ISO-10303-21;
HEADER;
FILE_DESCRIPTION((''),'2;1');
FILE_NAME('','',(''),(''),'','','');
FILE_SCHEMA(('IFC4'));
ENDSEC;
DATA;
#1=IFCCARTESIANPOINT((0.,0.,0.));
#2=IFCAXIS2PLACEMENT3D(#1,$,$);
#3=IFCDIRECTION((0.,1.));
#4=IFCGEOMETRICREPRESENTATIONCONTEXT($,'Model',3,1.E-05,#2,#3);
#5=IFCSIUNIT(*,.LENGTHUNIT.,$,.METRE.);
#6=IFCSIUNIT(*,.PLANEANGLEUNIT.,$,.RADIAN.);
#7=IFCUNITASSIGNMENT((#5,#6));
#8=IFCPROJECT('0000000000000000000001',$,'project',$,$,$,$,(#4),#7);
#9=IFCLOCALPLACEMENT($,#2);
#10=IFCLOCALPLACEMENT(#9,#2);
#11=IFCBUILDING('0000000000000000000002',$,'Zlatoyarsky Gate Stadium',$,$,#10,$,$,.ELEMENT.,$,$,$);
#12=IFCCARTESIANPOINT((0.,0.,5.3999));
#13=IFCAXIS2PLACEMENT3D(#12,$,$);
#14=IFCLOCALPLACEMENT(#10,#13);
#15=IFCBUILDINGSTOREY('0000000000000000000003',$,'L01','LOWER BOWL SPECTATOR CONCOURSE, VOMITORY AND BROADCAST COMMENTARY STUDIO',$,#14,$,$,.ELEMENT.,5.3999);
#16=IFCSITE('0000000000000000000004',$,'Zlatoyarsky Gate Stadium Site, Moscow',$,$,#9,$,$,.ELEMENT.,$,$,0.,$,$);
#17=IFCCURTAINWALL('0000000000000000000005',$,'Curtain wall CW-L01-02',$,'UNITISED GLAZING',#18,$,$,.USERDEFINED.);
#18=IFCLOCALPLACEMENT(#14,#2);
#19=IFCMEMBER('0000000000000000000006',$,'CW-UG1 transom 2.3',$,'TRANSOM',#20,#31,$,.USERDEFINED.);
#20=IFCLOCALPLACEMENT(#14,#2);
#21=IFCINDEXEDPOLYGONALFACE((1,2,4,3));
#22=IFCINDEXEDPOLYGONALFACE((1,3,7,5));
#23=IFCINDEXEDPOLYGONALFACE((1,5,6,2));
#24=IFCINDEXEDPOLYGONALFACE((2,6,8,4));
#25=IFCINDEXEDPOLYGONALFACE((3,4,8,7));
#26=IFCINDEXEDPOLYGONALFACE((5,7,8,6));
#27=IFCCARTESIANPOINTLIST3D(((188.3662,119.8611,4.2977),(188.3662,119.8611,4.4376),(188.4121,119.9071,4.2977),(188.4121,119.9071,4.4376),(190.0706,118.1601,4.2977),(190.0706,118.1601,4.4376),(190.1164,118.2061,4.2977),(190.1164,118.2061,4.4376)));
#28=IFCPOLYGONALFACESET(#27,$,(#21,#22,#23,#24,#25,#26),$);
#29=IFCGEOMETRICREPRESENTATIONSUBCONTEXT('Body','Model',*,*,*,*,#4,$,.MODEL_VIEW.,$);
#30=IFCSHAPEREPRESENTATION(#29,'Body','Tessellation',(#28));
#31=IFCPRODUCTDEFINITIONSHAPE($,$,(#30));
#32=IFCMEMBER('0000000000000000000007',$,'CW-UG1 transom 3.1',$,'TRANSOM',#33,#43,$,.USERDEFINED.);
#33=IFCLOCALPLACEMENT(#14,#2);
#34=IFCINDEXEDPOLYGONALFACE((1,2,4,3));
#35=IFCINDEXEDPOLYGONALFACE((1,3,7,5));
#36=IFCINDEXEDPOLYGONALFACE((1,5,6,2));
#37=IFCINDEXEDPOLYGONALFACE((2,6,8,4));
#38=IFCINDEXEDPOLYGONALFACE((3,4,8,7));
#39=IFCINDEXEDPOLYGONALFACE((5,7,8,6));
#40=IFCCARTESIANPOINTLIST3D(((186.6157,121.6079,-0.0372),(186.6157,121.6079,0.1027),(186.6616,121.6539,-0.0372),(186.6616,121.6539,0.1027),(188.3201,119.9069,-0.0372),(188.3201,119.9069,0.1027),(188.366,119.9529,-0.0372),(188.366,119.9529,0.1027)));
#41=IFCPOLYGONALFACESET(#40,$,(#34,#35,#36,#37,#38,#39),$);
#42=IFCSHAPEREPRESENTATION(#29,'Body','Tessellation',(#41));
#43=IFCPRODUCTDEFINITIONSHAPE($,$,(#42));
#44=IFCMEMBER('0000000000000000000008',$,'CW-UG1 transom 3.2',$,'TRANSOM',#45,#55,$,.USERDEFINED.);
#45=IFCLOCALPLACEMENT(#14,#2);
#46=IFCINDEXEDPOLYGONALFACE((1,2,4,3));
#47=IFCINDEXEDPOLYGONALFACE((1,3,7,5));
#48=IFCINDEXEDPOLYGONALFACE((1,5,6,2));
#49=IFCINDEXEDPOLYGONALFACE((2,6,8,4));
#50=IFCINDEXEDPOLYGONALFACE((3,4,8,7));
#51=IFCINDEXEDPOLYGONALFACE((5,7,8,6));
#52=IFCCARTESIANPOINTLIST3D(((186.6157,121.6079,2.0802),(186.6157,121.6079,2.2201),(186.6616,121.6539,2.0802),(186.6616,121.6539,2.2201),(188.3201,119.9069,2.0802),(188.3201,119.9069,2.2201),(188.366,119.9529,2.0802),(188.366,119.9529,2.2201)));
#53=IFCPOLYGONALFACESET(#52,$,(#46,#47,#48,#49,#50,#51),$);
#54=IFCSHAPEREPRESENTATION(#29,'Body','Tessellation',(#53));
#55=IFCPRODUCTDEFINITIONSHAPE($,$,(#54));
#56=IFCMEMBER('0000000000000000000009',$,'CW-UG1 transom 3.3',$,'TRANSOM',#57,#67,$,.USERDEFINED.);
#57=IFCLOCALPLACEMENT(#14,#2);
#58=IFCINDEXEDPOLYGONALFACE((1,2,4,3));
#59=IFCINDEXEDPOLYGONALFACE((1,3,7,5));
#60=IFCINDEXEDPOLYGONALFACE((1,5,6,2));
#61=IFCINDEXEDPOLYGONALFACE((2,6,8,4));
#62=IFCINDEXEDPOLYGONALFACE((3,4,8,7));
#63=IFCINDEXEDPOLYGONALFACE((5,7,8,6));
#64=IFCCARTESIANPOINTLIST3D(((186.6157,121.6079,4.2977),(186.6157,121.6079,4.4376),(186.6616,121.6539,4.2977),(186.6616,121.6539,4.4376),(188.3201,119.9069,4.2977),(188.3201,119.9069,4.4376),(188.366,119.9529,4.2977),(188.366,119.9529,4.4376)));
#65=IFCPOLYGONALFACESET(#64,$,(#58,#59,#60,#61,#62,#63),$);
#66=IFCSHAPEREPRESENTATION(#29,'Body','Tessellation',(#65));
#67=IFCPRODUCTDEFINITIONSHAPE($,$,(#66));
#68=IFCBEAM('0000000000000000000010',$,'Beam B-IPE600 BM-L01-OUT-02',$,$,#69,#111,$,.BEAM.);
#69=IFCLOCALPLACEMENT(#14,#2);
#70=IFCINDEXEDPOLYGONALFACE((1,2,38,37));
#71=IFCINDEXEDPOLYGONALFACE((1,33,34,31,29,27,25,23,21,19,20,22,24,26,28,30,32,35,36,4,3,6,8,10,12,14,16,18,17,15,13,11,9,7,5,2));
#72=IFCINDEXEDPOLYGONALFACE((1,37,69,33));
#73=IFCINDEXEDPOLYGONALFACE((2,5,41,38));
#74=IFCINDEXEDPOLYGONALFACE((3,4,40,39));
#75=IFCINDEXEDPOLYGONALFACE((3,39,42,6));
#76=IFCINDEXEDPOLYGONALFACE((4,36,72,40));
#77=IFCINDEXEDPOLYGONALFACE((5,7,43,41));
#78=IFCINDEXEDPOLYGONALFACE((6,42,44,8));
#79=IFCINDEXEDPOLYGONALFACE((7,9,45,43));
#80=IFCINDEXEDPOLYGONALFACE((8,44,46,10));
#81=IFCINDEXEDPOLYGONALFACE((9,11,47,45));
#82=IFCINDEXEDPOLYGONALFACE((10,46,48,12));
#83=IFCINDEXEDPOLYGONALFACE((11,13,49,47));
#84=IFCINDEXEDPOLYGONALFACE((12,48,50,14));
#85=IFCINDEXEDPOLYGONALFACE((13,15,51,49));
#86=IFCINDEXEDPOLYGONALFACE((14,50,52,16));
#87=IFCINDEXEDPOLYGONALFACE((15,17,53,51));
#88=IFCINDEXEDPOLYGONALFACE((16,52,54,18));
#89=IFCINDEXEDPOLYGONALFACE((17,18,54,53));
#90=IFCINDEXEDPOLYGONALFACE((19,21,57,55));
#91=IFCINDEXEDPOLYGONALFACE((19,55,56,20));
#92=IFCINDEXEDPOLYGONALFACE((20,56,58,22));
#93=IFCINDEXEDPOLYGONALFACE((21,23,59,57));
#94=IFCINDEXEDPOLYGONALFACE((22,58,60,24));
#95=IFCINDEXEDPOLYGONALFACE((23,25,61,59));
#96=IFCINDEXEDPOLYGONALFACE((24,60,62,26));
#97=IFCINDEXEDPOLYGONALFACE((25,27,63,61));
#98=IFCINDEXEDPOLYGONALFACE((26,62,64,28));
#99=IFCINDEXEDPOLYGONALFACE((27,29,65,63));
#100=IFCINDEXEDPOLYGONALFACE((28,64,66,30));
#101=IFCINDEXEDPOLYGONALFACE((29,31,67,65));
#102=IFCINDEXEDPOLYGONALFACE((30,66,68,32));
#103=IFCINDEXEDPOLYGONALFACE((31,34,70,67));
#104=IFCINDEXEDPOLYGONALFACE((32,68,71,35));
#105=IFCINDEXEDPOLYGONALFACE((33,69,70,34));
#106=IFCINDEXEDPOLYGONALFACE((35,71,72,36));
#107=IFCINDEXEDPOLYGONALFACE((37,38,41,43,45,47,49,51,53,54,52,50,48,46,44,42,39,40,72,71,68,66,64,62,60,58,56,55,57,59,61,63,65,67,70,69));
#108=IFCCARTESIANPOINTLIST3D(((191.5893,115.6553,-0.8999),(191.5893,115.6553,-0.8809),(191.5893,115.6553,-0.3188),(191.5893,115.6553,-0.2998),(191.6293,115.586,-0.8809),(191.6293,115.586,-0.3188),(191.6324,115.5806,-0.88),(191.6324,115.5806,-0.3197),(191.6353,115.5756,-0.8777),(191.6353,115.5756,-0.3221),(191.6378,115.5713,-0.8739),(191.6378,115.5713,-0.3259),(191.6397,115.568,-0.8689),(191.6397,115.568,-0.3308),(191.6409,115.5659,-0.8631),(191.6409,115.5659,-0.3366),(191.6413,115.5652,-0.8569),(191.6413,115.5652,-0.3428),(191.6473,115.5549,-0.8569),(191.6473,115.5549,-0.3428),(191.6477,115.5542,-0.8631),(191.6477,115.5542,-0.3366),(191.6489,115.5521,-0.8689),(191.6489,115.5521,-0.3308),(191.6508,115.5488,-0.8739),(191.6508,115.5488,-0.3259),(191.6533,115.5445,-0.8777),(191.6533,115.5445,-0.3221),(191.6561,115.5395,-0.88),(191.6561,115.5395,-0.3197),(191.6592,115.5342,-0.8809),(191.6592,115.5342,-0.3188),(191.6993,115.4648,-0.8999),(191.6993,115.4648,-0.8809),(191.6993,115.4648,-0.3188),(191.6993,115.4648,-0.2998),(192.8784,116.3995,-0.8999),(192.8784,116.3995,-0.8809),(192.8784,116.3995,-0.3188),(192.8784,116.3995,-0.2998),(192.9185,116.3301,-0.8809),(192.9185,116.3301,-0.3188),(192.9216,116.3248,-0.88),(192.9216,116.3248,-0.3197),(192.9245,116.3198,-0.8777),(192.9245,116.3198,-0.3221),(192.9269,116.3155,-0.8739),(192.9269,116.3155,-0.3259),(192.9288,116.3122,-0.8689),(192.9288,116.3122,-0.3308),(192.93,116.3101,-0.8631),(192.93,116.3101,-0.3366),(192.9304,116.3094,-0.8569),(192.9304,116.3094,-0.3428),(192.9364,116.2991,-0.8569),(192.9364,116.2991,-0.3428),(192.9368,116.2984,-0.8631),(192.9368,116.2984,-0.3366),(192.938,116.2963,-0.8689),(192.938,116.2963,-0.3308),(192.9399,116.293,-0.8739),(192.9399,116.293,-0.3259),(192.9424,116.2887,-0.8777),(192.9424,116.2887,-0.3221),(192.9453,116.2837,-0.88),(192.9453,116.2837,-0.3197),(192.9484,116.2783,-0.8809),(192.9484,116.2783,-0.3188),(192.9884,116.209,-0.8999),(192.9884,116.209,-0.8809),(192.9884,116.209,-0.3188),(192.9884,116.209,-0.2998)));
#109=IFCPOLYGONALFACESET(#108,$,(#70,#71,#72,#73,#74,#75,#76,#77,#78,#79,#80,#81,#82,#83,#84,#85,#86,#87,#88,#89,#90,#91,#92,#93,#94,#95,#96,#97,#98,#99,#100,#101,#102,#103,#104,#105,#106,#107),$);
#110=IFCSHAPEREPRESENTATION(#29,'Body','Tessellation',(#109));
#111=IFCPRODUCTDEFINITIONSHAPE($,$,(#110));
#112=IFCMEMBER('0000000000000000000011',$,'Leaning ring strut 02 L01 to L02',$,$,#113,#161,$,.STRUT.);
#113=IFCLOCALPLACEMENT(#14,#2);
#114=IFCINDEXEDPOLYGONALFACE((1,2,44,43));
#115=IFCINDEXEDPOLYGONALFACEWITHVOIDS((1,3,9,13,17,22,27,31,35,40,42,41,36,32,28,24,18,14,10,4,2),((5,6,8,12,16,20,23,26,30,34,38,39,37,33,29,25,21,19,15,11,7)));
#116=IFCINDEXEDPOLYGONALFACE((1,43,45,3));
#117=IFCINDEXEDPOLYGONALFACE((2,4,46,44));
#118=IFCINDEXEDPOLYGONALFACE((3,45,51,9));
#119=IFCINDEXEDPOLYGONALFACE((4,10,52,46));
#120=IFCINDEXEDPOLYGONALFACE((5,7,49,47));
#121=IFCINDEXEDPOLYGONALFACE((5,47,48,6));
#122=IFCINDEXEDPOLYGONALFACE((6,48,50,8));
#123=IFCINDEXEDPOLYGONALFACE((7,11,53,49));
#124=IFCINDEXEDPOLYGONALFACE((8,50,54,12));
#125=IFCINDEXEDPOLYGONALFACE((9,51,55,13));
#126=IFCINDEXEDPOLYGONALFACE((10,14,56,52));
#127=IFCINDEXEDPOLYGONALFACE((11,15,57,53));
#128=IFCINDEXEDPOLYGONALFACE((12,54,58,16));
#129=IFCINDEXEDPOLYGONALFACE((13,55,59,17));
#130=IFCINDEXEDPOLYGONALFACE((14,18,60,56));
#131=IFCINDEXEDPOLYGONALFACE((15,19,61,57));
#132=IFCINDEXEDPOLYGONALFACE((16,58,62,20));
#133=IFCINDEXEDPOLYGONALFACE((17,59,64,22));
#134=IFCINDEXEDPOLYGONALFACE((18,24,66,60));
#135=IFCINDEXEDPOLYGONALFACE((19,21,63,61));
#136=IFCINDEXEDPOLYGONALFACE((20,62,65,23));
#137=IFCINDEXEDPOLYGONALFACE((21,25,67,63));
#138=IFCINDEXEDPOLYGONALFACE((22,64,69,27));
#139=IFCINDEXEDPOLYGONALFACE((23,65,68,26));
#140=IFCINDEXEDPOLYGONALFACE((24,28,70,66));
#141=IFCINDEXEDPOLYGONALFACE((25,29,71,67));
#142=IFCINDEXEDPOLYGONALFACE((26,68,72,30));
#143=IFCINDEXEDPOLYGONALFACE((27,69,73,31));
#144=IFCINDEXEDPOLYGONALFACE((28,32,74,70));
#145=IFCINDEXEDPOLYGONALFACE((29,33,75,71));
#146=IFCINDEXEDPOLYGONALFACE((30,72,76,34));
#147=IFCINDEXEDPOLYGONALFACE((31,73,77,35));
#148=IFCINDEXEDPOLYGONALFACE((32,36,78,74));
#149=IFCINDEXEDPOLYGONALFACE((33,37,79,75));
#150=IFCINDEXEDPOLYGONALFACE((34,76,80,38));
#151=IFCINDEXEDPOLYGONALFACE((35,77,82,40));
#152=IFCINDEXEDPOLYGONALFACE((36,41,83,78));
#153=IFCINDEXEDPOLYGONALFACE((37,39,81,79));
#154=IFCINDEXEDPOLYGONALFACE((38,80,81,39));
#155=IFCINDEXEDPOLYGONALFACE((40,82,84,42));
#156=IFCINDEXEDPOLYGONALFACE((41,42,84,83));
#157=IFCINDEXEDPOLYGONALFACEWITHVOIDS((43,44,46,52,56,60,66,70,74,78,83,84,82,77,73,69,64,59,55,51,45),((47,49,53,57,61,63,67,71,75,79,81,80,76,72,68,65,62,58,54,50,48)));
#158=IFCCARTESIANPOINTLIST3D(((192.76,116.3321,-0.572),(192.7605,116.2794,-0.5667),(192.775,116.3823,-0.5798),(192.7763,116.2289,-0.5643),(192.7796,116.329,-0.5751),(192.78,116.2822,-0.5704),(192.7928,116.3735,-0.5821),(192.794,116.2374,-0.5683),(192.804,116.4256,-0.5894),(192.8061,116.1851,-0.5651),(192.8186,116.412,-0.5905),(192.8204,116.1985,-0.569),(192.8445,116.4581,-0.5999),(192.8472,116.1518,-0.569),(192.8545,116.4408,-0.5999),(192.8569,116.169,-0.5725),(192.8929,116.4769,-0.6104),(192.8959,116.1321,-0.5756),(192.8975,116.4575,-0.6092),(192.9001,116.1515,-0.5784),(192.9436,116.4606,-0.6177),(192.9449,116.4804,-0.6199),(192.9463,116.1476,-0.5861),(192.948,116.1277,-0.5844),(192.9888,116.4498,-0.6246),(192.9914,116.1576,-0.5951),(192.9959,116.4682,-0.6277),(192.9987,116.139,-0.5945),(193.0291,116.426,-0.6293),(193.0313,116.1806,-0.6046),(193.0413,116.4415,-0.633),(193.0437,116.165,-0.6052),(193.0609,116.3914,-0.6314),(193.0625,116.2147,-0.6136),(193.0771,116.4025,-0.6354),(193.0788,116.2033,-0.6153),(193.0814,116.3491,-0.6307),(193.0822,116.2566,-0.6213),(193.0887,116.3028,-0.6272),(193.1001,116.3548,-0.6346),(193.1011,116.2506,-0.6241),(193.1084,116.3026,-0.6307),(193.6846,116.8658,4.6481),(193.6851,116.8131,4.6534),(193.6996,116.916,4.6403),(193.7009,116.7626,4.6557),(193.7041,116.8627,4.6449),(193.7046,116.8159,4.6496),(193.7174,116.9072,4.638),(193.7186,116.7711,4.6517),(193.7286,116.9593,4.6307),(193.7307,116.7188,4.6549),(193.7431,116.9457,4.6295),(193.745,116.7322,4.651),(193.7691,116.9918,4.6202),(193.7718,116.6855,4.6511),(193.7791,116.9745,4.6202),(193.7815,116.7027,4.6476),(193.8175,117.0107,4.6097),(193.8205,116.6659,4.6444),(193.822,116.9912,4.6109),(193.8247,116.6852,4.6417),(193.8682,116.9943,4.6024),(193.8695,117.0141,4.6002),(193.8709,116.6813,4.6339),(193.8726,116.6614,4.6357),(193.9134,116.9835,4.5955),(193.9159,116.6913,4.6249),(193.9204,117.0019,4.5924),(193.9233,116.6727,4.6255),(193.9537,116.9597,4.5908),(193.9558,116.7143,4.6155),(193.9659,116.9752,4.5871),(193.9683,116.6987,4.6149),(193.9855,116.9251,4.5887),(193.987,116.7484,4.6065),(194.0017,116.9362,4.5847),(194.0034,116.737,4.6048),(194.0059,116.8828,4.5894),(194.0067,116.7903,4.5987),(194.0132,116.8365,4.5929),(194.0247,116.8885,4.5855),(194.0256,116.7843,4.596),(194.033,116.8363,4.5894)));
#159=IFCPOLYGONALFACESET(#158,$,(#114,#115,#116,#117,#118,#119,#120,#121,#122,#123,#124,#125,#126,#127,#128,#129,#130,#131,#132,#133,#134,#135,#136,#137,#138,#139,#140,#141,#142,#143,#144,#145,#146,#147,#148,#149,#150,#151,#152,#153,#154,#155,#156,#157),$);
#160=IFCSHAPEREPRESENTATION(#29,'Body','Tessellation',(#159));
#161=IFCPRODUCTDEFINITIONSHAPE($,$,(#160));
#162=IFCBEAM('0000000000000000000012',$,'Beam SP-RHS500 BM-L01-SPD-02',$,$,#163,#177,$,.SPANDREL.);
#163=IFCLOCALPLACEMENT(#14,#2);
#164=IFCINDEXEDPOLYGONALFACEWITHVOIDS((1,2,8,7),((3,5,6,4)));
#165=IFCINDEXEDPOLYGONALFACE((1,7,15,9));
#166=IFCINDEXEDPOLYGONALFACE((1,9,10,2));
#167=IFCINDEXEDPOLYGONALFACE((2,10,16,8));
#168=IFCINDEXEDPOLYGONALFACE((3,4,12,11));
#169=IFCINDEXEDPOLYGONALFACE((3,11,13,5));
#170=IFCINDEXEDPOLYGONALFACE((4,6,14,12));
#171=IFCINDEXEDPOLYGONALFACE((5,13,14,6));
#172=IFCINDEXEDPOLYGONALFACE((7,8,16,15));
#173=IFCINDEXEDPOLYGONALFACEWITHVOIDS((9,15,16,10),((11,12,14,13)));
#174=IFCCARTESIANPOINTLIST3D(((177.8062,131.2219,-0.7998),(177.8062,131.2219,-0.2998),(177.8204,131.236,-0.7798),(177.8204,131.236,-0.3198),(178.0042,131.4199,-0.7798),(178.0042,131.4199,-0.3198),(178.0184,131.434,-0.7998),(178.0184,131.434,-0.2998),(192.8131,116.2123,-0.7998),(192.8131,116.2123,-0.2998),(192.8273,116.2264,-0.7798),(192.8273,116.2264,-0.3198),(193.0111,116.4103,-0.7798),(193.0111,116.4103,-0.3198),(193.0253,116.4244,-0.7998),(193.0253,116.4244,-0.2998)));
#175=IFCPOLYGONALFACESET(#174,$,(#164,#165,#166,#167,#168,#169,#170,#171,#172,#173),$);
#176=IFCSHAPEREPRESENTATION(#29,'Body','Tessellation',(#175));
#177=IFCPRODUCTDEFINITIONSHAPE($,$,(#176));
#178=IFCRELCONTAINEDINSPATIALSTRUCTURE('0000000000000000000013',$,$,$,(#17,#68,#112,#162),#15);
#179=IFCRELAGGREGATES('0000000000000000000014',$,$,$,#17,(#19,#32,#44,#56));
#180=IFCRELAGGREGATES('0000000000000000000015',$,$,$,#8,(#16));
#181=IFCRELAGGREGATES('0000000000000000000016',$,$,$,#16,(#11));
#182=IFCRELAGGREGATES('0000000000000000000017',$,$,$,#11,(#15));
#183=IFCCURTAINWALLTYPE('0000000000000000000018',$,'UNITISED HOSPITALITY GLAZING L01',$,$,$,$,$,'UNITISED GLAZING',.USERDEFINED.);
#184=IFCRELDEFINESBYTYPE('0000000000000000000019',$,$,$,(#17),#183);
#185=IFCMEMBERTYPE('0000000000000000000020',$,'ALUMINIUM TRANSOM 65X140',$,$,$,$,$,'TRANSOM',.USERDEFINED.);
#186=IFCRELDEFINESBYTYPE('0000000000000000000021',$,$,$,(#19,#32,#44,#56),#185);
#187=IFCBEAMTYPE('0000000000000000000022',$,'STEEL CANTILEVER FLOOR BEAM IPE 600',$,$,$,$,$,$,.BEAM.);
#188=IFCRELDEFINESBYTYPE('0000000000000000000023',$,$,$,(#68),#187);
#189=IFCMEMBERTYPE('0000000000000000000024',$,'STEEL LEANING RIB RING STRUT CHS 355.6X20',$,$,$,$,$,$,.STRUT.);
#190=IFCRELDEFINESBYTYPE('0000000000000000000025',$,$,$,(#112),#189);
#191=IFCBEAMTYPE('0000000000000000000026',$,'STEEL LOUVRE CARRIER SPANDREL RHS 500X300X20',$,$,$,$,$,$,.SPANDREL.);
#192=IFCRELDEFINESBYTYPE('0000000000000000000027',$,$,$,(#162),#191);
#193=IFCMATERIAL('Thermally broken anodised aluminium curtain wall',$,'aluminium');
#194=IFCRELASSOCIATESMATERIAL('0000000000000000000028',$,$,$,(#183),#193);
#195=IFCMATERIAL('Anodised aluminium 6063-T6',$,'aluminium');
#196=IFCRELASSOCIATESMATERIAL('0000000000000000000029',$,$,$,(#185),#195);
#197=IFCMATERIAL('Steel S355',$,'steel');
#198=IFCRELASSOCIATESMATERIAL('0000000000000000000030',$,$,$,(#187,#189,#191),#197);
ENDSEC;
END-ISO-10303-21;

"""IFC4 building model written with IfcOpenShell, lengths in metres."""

from ifc_helpers import new_model, si_unit, direction, frame, origin, origin_2d, place, context, subcontext, project, spatial, rectangle, hollow_rectangle, hollow_circle, i_section, extrude, material, material_profile, profile_set, type_object, element, aggregate, save


model = new_model("IFC4")

# Units and contexts
model_context = context("Model", 3, precision=1e-05, world=origin(), true_north=direction((0.0, 1.0)))
body_context = subcontext(model_context, "Body", "Model", "MODEL_VIEW")
ifc_project = project(units=[si_unit("LENGTHUNIT", "METRE"), si_unit("PLANEANGLEUNIT", "RADIAN")], contexts=[model_context])

# Site, building, storey
site_placement = place(None, origin())
site = spatial("IfcSite", under=ifc_project, at=site_placement, Name="Zlatoyarsky Gate Stadium Site, Moscow", CompositionType="ELEMENT", RefElevation=0.0)
building_placement = place(site_placement, origin())
building = spatial("IfcBuilding", under=site, at=building_placement, Name="Zlatoyarsky Gate Stadium", CompositionType="ELEMENT")
storey_placement = place(building_placement, frame((0.0, 0.0, 5.3999)))
storey = spatial("IfcBuildingStorey", under=building, at=storey_placement, Name="L01", Description="LOWER BOWL SPECTATOR CONCOURSE, VOMITORY AND BROADCAST COMMENTARY STUDIO", CompositionType="ELEMENT", Elevation=5.3999)

# Shared definitions
ifc_material_1 = material(Name="Steel S355", Category="steel")

# Shared definitions
ifc_material_2 = material(Name="Thermally broken anodised aluminium curtain wall", Category="aluminium")
curtain_wall_type = type_object("IfcCurtainWallType", Name="UNITISED HOSPITALITY GLAZING L01", ElementType="UNITISED GLAZING", PredefinedType="USERDEFINED", material=ifc_material_2)
ifc_material_3 = material(Name="Anodised aluminium 6063-T6", Category="aluminium")

# Curtain wall, members
curtain_wall_1_placement = place(storey_placement, origin())
curtain_wall_1 = element("IfcCurtainWall", 1, at=curtain_wall_1_placement, inside=storey, type_object=curtain_wall_type, Name="Curtain wall CW-L01-02", ObjectType="UNITISED GLAZING", PredefinedType="USERDEFINED")
ifc_material_profile_1 = material_profile(ifc_material_3, rectangle(XDim=0.0649, YDim=0.1399, at=origin_2d()), Name="ALU 65X140")
ifc_profile_set_1 = profile_set([ifc_material_profile_1], Name="Anodised aluminium 6063-T6")
member_type_1 = type_object("IfcMemberType", Name="ALUMINIUM TRANSOM 65X140", ElementType="TRANSOM", PredefinedType="USERDEFINED", material=ifc_profile_set_1)
member_1_placement = place(storey_placement, frame((190.0935, 118.1831, 4.3677), z_axis=(-0.707816, 0.706397, 0.0), x_axis=(-0.706397, -0.707816, 0.0)))
member_1 = element("IfcMember", 2, at=member_1_placement, type_object=member_type_1, Name="CW-UG1 transom 2.3", ObjectType="TRANSOM", PredefinedType="USERDEFINED", context=body_context, shape_type="SweptSolid", body=[
    extrude(rectangle(XDim=0.0649, YDim=0.1399, at=origin_2d()), origin(), (0.0, 0.0, 1.0), 2.408),
])
member_2_placement = place(storey_placement, frame((188.343, 119.9299, 0.0327), z_axis=(-0.707816, 0.706397, 0.0), x_axis=(-0.706397, -0.707816, 0.0)))
member_2 = element("IfcMember", 3, at=member_2_placement, type_object=member_type_1, Name="CW-UG1 transom 3.1", ObjectType="TRANSOM", PredefinedType="USERDEFINED", context=body_context, shape_type="SweptSolid", body=[
    extrude(rectangle(XDim=0.0649, YDim=0.1399, at=origin_2d()), origin(), (0.0, 0.0, 1.0), 2.408),
])
member_3_placement = place(storey_placement, frame((188.343, 119.9299, 2.1501), z_axis=(-0.707816, 0.706397, 0.0), x_axis=(-0.706397, -0.707816, 0.0)))
member_3 = element("IfcMember", 4, at=member_3_placement, type_object=member_type_1, Name="CW-UG1 transom 3.2", ObjectType="TRANSOM", PredefinedType="USERDEFINED", context=body_context, shape_type="SweptSolid", body=[
    extrude(rectangle(XDim=0.0649, YDim=0.1399, at=origin_2d()), origin(), (0.0, 0.0, 1.0), 2.408),
])
member_4_placement = place(storey_placement, frame((188.343, 119.9299, 4.3677), z_axis=(-0.707816, 0.706397, 0.0), x_axis=(-0.706397, -0.707816, 0.0)))
member_4 = element("IfcMember", 5, at=member_4_placement, type_object=member_type_1, Name="CW-UG1 transom 3.3", ObjectType="TRANSOM", PredefinedType="USERDEFINED", context=body_context, shape_type="SweptSolid", body=[
    extrude(rectangle(XDim=0.0649, YDim=0.1399, at=origin_2d()), origin(), (0.0, 0.0, 1.0), 2.408),
])

# Beam
ifc_material_profile_2 = material_profile(ifc_material_1, i_section(OverallWidth=0.22, OverallDepth=0.6001, WebThickness=0.012, FlangeThickness=0.019, FilletRadius=0.0239, at=origin_2d()), Name="IPE 600")
ifc_profile_set_2 = profile_set([ifc_material_profile_2], Name="Steel S355")
beam_type_1 = type_object("IfcBeamType", Name="STEEL CANTILEVER FLOOR BEAM IPE 600", PredefinedType="BEAM", material=ifc_profile_set_2)
beam_1_placement = place(storey_placement, frame((191.6443, 115.5601, -0.5999), z_axis=(0.866054, 0.49995, 0.0), x_axis=(-0.49995, 0.866054, 0.0)))
element("IfcBeam", 6, at=beam_1_placement, inside=storey, type_object=beam_type_1, Name="Beam B-IPE600 BM-L01-OUT-02", PredefinedType="BEAM", context=body_context, shape_type="SweptSolid", body=[
    extrude(i_section(OverallWidth=0.22, OverallDepth=0.6001, WebThickness=0.012, FlangeThickness=0.019, FilletRadius=0.0239, at=origin_2d()), origin(), (0.0, 0.0, 1.0), 1.4885),
])

# Member
ifc_material_profile_3 = material_profile(ifc_material_1, hollow_circle(Radius=0.1777, WallThickness=0.02, at=origin_2d()), Name="CHS 355.6X20")
ifc_profile_set_3 = profile_set([ifc_material_profile_3], Name="Steel S355")
member_type_2 = type_object("IfcMemberType", Name="STEEL LEANING RIB RING STRUT CHS 355.6X20", PredefinedType="STRUT", material=ifc_profile_set_3)
member_5_placement = place(storey_placement, frame((192.9333, 116.3042, -0.5999), z_axis=(0.173528, 0.100167, 0.979722), x_axis=(-0.499927, 0.866068, 0.0)))
element("IfcMember", 7, at=member_5_placement, inside=storey, type_object=member_type_2, Name="Leaning ring strut 02 L01 to L02", PredefinedType="STRUT", context=body_context, shape_type="SweptSolid", body=[
    extrude(hollow_circle(Radius=0.1777, WallThickness=0.02, at=origin_2d()), origin(), (0.0, 0.0, 1.0), 5.3281),
])

# Beam
ifc_material_profile_4 = material_profile(ifc_material_1, hollow_rectangle(XDim=0.3, YDim=0.5, WallThickness=0.02, at=origin_2d()), Name="RHS 500X300X20")
ifc_profile_set_4 = profile_set([ifc_material_profile_4], Name="Steel S355")
beam_type_2 = type_object("IfcBeamType", Name="STEEL LOUVRE CARRIER SPANDREL RHS 500X300X20", PredefinedType="SPANDREL", material=ifc_profile_set_4)
beam_2_placement = place(storey_placement, frame((192.9192, 116.3184, -0.5498), z_axis=(-0.707044, 0.70717, 0.0), x_axis=(-0.70717, -0.707044, 0.0)))
element("IfcBeam", 8, at=beam_2_placement, inside=storey, type_object=beam_type_2, Name="Beam SP-RHS500 BM-L01-SPD-02", PredefinedType="SPANDREL", context=body_context, shape_type="SweptSolid", body=[
    extrude(hollow_rectangle(XDim=0.3, YDim=0.5, WallThickness=0.02, at=origin_2d()), origin(), (0.0, 0.0, 1.0), 21.2249),
])

aggregate(curtain_wall_1, [member_1, member_2, member_3, member_4])

save(model, "model.ifc")
